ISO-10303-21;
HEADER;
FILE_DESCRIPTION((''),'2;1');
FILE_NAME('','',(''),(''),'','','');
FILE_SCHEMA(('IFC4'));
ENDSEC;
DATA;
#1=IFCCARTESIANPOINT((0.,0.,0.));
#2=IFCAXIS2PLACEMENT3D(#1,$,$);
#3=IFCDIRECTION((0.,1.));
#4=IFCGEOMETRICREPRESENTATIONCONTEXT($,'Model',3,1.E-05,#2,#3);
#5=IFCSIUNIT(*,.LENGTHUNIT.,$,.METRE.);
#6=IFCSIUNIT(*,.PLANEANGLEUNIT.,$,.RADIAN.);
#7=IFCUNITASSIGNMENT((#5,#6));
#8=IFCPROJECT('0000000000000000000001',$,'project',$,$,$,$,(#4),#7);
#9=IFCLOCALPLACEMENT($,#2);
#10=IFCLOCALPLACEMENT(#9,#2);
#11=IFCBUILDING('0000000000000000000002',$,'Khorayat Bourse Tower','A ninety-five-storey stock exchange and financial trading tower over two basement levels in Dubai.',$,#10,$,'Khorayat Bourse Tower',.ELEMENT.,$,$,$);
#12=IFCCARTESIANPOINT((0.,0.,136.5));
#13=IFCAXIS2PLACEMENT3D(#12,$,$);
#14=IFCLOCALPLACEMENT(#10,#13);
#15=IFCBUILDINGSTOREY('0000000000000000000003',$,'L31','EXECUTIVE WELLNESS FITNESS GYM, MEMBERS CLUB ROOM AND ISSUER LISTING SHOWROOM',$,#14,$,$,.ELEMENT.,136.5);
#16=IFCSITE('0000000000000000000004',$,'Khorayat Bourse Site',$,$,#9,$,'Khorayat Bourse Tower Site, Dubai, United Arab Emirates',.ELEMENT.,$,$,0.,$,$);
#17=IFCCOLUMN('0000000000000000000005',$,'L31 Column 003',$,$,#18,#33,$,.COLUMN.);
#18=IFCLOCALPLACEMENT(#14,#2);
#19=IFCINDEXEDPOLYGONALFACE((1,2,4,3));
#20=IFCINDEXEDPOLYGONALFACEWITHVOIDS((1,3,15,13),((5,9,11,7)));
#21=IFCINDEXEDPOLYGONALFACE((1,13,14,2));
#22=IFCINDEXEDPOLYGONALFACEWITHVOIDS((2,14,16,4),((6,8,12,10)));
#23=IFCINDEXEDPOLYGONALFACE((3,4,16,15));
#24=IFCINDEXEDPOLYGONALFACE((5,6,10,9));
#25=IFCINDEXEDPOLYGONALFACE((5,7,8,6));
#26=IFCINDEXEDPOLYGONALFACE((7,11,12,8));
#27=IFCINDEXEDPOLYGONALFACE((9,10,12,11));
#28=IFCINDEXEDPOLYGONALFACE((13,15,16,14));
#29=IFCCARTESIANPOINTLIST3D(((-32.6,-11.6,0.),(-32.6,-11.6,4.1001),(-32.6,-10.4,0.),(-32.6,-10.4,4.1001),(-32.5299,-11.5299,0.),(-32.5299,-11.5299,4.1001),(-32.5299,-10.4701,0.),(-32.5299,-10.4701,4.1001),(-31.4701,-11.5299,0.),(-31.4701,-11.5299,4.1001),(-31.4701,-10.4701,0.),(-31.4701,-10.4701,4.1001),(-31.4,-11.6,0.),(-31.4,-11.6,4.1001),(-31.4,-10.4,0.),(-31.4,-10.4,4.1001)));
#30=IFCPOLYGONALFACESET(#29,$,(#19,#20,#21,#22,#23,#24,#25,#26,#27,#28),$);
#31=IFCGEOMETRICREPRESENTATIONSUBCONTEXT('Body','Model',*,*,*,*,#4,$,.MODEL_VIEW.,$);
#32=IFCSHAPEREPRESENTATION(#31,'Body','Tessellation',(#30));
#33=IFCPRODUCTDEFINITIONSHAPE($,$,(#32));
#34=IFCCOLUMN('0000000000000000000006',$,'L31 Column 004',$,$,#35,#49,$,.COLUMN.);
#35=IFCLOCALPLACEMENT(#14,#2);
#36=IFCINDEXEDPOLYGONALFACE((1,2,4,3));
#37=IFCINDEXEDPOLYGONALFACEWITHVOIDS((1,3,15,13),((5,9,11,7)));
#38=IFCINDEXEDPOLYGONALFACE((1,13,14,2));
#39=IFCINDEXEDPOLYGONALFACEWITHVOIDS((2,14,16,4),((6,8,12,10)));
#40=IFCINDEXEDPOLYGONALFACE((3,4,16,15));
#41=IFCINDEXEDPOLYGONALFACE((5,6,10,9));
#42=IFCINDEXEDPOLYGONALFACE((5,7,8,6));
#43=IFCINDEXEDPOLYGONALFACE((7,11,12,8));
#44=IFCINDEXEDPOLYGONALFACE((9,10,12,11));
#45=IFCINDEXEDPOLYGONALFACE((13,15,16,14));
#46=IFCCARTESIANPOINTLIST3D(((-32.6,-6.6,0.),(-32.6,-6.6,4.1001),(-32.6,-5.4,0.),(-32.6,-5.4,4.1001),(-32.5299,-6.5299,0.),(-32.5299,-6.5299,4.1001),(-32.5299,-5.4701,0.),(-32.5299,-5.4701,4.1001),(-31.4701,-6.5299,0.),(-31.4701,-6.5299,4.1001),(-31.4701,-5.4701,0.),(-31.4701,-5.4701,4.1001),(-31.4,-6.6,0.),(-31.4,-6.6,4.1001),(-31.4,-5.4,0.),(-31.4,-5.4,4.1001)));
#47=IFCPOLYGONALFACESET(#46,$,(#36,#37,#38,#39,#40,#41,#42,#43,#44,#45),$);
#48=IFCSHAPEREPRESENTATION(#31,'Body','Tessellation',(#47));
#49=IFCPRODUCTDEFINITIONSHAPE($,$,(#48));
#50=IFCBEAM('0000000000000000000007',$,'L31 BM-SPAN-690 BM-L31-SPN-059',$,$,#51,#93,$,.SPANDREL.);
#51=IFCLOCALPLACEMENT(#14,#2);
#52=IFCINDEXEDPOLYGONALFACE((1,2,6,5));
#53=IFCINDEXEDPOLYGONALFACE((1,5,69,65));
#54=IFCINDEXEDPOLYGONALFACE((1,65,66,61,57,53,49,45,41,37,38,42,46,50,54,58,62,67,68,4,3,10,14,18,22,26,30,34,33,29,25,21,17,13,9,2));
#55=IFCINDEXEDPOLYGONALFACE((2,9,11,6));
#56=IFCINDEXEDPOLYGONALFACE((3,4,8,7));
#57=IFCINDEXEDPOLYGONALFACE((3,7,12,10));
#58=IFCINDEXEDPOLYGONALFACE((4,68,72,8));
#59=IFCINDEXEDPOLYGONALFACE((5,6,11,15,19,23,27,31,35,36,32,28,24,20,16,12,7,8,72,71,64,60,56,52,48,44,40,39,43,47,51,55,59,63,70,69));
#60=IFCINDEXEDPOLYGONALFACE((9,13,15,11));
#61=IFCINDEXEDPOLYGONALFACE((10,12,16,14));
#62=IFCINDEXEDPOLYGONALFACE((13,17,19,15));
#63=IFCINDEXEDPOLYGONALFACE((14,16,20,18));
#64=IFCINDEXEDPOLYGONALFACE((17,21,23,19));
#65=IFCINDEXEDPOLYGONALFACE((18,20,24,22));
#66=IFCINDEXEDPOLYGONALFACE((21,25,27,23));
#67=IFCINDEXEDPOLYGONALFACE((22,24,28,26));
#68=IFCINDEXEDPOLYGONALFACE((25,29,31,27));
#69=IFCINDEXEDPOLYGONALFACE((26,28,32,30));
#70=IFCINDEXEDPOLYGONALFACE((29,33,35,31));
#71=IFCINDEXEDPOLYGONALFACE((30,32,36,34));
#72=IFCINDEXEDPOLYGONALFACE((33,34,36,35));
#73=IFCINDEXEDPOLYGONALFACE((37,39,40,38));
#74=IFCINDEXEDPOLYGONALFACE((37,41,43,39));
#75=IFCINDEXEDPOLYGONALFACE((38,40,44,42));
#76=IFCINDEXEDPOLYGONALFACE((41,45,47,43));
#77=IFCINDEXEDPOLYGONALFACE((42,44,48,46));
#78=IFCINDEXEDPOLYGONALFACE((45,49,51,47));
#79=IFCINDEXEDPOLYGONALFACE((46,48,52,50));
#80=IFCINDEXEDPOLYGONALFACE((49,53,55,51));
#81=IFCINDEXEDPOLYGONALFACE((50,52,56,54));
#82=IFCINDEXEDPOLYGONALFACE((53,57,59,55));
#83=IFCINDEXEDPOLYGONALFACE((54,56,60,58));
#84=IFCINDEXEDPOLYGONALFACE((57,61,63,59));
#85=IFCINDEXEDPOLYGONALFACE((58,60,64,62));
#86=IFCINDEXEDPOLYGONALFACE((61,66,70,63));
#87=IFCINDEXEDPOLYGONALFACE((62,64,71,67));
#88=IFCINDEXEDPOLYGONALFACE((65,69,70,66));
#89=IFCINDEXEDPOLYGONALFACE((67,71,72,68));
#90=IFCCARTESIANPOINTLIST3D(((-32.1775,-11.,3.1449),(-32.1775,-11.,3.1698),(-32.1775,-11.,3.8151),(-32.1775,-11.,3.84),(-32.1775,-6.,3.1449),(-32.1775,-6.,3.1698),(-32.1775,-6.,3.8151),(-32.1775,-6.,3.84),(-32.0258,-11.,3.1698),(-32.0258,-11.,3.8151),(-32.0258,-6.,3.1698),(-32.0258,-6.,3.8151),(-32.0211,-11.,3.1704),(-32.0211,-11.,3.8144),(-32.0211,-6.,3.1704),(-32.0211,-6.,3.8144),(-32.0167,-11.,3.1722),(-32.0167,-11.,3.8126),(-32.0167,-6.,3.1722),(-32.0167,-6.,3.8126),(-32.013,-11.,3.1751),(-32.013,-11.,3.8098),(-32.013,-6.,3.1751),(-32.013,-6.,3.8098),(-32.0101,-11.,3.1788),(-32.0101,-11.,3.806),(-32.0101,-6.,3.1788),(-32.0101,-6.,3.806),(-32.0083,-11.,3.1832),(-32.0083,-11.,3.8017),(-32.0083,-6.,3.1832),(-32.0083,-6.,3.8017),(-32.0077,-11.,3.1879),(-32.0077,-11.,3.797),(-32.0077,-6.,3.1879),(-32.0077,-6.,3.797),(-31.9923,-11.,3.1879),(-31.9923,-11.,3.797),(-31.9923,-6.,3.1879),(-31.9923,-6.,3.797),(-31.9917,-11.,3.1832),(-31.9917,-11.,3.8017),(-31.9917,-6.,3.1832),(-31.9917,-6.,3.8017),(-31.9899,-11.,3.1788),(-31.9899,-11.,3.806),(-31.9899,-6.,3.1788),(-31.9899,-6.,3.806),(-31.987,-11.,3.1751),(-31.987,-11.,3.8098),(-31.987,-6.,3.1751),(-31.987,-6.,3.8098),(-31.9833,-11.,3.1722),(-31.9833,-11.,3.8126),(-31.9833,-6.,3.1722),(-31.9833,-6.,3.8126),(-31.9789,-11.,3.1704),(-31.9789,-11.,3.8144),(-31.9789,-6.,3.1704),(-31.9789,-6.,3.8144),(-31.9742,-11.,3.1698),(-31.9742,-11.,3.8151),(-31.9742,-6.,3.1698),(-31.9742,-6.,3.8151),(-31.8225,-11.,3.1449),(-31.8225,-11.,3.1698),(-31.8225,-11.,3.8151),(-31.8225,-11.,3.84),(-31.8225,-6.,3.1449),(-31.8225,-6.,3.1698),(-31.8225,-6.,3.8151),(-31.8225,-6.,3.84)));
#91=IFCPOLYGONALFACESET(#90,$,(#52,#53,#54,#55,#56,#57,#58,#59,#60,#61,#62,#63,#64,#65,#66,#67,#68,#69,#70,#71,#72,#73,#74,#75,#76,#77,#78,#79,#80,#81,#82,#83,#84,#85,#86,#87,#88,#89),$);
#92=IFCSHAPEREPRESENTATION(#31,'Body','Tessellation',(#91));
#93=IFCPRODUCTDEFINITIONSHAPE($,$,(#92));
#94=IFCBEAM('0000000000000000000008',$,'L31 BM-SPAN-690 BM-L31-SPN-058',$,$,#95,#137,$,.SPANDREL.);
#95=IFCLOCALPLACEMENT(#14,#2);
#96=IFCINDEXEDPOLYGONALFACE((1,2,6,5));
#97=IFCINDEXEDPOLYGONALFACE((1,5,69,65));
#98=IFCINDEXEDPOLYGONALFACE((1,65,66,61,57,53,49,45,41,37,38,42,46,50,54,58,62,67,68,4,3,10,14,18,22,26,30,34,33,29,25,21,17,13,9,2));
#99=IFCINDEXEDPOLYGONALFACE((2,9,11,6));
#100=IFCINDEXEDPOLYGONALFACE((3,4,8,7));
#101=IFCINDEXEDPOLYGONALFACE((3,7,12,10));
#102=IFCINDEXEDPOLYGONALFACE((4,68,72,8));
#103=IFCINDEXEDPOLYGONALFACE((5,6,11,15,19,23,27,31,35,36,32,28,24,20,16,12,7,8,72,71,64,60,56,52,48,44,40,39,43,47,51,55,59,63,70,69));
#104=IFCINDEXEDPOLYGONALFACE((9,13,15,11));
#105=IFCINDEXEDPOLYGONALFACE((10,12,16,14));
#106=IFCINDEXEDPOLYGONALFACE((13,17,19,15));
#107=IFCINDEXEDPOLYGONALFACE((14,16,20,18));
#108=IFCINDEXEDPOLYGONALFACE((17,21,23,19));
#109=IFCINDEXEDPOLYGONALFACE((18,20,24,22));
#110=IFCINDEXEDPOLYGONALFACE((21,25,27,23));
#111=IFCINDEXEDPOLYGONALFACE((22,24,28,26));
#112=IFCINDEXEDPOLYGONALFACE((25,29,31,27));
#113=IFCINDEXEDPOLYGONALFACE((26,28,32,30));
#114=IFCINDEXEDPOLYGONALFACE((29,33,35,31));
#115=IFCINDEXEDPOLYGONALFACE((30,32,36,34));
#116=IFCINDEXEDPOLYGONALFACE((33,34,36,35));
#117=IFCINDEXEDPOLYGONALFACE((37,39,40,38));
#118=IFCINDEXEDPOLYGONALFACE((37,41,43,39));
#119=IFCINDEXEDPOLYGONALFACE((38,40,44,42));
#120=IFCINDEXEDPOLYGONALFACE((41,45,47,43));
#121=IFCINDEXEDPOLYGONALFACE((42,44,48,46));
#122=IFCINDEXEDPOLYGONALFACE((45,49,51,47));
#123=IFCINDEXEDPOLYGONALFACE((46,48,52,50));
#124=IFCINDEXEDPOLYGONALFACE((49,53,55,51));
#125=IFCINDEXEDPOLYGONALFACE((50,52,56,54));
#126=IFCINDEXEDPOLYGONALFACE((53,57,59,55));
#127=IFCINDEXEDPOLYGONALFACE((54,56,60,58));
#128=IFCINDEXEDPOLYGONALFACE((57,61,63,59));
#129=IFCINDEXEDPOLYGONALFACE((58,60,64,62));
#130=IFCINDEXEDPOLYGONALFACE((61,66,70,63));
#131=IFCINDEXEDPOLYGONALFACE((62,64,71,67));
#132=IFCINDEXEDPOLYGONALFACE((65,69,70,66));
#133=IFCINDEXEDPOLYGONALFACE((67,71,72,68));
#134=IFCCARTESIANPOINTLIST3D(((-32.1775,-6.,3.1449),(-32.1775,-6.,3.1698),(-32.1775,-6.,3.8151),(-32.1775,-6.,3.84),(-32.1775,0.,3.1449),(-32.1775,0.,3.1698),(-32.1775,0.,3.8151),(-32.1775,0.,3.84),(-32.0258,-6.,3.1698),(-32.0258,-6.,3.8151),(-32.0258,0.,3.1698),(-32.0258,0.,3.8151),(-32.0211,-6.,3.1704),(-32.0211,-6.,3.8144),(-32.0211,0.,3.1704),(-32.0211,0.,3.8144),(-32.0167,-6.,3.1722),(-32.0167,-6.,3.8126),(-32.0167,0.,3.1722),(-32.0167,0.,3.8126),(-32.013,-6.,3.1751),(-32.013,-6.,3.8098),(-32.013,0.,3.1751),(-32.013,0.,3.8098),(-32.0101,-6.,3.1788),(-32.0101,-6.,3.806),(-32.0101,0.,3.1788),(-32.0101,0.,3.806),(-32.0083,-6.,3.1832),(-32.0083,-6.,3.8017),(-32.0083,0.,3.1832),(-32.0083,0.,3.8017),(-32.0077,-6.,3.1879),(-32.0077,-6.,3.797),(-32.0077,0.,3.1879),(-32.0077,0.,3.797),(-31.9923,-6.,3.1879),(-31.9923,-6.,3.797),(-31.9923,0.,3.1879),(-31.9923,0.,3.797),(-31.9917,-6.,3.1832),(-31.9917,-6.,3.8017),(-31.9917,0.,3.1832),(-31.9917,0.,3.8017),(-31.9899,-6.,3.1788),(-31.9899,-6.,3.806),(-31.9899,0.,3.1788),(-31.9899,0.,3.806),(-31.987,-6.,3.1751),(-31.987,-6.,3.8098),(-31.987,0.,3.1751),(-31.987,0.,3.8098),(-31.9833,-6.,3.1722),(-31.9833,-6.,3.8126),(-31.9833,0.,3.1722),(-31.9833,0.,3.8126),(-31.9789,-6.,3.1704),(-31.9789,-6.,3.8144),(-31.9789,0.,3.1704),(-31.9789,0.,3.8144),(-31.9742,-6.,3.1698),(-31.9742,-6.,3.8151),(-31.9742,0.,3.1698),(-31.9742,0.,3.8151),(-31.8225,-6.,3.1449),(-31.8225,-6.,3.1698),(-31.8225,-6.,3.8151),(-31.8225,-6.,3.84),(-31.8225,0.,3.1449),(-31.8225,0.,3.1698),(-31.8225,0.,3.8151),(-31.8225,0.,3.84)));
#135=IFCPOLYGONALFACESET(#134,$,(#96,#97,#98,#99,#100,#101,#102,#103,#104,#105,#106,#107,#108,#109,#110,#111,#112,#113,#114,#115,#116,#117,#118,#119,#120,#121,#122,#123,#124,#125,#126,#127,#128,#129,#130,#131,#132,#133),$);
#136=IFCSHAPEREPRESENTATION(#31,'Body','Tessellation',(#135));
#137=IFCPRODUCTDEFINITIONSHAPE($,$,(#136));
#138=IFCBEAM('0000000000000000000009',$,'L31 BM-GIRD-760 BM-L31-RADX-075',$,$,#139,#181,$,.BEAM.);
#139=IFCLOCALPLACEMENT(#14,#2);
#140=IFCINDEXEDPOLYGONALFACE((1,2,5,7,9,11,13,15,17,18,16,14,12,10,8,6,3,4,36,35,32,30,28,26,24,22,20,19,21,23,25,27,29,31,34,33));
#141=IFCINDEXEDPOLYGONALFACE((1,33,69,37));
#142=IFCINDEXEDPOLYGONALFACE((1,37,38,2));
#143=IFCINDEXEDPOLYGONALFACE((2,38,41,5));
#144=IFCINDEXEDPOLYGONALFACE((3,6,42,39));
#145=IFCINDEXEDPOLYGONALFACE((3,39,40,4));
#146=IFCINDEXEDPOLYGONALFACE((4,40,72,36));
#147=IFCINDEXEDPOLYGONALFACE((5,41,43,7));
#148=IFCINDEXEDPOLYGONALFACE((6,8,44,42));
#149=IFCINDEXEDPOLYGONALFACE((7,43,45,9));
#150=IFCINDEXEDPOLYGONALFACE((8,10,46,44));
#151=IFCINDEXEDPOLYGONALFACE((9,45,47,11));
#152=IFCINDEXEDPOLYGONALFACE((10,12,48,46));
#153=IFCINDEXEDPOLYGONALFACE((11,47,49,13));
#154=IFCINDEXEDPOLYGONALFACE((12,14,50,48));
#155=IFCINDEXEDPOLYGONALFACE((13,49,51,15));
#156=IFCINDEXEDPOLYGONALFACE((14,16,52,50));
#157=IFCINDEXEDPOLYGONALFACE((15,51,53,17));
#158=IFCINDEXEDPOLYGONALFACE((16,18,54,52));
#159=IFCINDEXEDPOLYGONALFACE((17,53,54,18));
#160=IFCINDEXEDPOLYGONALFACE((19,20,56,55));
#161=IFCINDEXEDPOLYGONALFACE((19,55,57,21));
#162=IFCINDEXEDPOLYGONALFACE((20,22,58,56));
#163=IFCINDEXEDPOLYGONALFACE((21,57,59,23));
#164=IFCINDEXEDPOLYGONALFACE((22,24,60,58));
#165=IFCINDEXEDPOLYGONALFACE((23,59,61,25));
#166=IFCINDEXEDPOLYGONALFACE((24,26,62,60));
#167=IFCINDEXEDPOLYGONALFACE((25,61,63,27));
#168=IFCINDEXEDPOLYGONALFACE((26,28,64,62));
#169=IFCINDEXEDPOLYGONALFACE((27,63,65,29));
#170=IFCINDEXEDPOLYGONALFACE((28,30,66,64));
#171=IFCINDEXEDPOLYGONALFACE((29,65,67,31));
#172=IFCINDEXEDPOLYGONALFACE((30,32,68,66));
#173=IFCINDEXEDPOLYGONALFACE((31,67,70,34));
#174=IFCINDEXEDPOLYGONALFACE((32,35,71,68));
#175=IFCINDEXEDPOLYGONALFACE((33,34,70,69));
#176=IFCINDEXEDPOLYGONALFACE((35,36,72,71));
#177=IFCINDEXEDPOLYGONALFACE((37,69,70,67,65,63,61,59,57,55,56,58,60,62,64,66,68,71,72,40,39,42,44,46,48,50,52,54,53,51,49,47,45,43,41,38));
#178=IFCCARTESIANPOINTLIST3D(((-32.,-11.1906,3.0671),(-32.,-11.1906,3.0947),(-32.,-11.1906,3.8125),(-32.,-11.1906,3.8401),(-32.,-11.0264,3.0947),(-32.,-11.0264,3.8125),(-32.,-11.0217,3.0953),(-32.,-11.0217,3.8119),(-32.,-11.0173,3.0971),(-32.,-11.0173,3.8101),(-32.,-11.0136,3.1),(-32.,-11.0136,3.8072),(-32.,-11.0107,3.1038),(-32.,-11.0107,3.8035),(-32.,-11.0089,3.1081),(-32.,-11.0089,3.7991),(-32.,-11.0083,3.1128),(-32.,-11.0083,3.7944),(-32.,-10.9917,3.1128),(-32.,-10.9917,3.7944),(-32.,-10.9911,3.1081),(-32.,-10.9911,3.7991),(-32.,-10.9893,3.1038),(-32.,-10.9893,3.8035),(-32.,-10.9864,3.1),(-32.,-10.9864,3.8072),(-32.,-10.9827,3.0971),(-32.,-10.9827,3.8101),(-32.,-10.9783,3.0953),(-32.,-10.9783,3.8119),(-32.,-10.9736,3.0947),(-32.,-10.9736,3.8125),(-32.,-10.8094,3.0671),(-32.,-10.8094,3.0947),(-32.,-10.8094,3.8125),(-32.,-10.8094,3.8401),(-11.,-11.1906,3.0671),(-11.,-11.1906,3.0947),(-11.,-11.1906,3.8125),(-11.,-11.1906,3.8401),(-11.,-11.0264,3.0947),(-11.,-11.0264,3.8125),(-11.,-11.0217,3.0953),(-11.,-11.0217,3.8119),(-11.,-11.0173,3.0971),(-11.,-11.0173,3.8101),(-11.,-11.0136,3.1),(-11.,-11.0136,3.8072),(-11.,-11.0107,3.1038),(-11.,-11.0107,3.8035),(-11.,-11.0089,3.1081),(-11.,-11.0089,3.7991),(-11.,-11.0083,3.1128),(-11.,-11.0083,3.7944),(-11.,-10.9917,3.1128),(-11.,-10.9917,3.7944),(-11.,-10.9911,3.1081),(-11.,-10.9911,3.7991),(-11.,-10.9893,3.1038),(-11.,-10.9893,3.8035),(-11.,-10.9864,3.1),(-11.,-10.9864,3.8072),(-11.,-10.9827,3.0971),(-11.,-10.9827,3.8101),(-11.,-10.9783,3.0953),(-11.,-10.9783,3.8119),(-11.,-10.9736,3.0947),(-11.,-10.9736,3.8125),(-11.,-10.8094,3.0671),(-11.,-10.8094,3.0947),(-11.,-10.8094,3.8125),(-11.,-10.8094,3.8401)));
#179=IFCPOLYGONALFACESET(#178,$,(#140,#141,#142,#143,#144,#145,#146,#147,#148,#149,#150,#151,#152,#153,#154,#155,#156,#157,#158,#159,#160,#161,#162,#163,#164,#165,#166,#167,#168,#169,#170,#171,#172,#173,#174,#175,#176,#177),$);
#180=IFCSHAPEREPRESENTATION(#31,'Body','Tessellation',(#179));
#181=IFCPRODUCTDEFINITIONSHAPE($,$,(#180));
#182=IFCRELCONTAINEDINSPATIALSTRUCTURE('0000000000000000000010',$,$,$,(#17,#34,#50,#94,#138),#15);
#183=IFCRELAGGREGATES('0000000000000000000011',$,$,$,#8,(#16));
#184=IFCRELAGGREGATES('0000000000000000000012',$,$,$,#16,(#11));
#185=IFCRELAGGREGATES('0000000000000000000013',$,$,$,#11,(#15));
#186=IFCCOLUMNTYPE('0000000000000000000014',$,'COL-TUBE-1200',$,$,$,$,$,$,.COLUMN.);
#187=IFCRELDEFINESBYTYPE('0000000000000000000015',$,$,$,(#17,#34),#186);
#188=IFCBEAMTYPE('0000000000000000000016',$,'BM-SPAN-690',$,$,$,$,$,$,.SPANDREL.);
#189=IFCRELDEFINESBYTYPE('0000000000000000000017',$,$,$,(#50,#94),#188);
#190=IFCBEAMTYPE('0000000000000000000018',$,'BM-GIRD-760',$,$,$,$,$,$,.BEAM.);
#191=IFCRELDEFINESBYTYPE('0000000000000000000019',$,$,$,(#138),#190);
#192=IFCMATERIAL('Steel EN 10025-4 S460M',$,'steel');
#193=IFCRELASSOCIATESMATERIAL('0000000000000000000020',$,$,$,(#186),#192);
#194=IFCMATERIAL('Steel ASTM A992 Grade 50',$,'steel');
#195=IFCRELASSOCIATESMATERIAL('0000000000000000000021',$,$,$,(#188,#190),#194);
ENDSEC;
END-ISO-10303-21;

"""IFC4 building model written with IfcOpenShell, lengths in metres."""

from ifc_helpers import new_model, si_unit, direction, frame, origin, origin_2d, place, context, subcontext, project, spatial, hollow_rectangle, i_section, extrude, source, transform, mapped, material, material_profile, profile_set, type_object, element, save


model = new_model("IFC4")

# Units and contexts
model_context = context("Model", 3, precision=1e-05, world=origin(), true_north=direction((0.0, 1.0)))
body_context = subcontext(model_context, "Body", "Model", "MODEL_VIEW")
ifc_project = project(units=[si_unit("LENGTHUNIT", "METRE"), si_unit("PLANEANGLEUNIT", "RADIAN")], contexts=[model_context])

# Site, building, storey
site_placement = place(None, origin())
site = spatial("IfcSite", under=ifc_project, at=site_placement, Name="Khorayat Bourse Site", LongName="Khorayat Bourse Tower Site, Dubai, United Arab Emirates", CompositionType="ELEMENT", RefElevation=0.0)
building_placement = place(site_placement, origin())
building = spatial("IfcBuilding", under=site, at=building_placement, Name="Khorayat Bourse Tower", Description="A ninety-five-storey stock exchange and financial trading tower over two basement levels in Dubai.", LongName="Khorayat Bourse Tower", CompositionType="ELEMENT")
storey_placement = place(building_placement, frame((0.0, 0.0, 136.5)))
storey = spatial("IfcBuildingStorey", under=building, at=storey_placement, Name="L31", Description="EXECUTIVE WELLNESS FITNESS GYM, MEMBERS CLUB ROOM AND ISSUER LISTING SHOWROOM", CompositionType="ELEMENT", Elevation=136.5)

# Columns
ifc_material_1 = material(Name="Steel EN 10025-4 S460M", Category="steel")
ifc_material_profile_1 = material_profile(ifc_material_1, hollow_rectangle(XDim=1.2, YDim=1.2, WallThickness=0.0701, at=origin_2d()), Name="BOX 1200x1200x70")
ifc_profile_set_1 = profile_set([ifc_material_profile_1], Name="Steel EN 10025-4 S460M")
column_type = type_object("IfcColumnType", Name="COL-TUBE-1200", PredefinedType="COLUMN", material=ifc_profile_set_1)
shared_shape_1 = source(origin(), body_context, "Body", "SweptSolid", [
    extrude(hollow_rectangle(XDim=1.2, YDim=1.2, WallThickness=0.0701, at=origin_2d()), origin(), (0.0, 0.0, 1.0), 4.1001),
])
for number, where, z_axis, x_axis, name in (
    (1, (-32.0, -11.0, 0.0), (0.0, 0.0, 1.0), (1.0, 0.0, 0.0), "L31 Column 003"),
    (2, (-32.0, -6.0, 0.0), (0.0, 0.0, 1.0), (1.0, 0.0, 0.0), "L31 Column 004"),
):
    element("IfcColumn", number, at=place(storey_placement, frame(where, z_axis=z_axis, x_axis=x_axis)), inside=storey, type_object=column_type, Name=name, PredefinedType="COLUMN", context=body_context, shape_type="MappedRepresentation", body=[
        mapped(shared_shape_1, transform((0.0, 0.0, 0.0), scale=1.0)),
    ])

# Beams
ifc_material_2 = material(Name="Steel ASTM A992 Grade 50", Category="steel")
ifc_material_profile_2 = material_profile(ifc_material_2, i_section(OverallWidth=0.355, OverallDepth=0.6951, WebThickness=0.0154, FlangeThickness=0.0249, FilletRadius=0.0181, at=origin_2d()), Name="W690X217")
ifc_profile_set_2 = profile_set([ifc_material_profile_2], Name="Steel ASTM A992 Grade 50")
beam_type_1 = type_object("IfcBeamType", Name="BM-SPAN-690", PredefinedType="SPANDREL", material=ifc_profile_set_2)
shared_shape_2 = source(origin(), body_context, "Body", "SweptSolid", [
    extrude(i_section(OverallWidth=0.355, OverallDepth=0.6951, WebThickness=0.0154, FlangeThickness=0.0249, FilletRadius=0.0181, at=origin_2d()), origin(), (0.0, 0.0, 1.0), 5.0),
])
beam_1_placement = place(storey_placement, frame((-32.0, -11.0, 3.4924), z_axis=(0.0, 1.0, 0.0), x_axis=(-1.0, 0.0, 0.0)))
element("IfcBeam", 3, at=beam_1_placement, inside=storey, type_object=beam_type_1, Name="L31 BM-SPAN-690 BM-L31-SPN-059", PredefinedType="SPANDREL", context=body_context, shape_type="MappedRepresentation", body=[
    mapped(shared_shape_2, transform((0.0, 0.0, 0.0), scale=1.0)),
])
shared_shape_3 = source(origin(), body_context, "Body", "SweptSolid", [
    extrude(i_section(OverallWidth=0.355, OverallDepth=0.6951, WebThickness=0.0154, FlangeThickness=0.0249, FilletRadius=0.0181, at=origin_2d()), origin(), (0.0, 0.0, 1.0), 6.0),
])
beam_2_placement = place(storey_placement, frame((-32.0, -6.0, 3.4924), z_axis=(0.0, 1.0, 0.0), x_axis=(-1.0, 0.0, 0.0)))
element("IfcBeam", 4, at=beam_2_placement, inside=storey, type_object=beam_type_1, Name="L31 BM-SPAN-690 BM-L31-SPN-058", PredefinedType="SPANDREL", context=body_context, shape_type="MappedRepresentation", body=[
    mapped(shared_shape_3, transform((0.0, 0.0, 0.0), scale=1.0)),
])
ifc_material_profile_3 = material_profile(ifc_material_2, i_section(OverallWidth=0.3811, OverallDepth=0.7729, WebThickness=0.0166, FlangeThickness=0.0276, FilletRadius=0.0181, at=origin_2d()), Name="W760X257")
ifc_profile_set_3 = profile_set([ifc_material_profile_3], Name="Steel ASTM A992 Grade 50")
beam_type_2 = type_object("IfcBeamType", Name="BM-GIRD-760", PredefinedType="BEAM", material=ifc_profile_set_3)
shared_shape_4 = source(origin(), body_context, "Body", "SweptSolid", [
    extrude(i_section(OverallWidth=0.3811, OverallDepth=0.7729, WebThickness=0.0166, FlangeThickness=0.0276, FilletRadius=0.0181, at=origin_2d()), origin(), (0.0, 0.0, 1.0), 21.0),
])
for number, where, z_axis, x_axis, name in (
    (5, (-32.0, -11.0, 3.4536), (1.0, 0.0, 0.0), (0.0, 1.0, 0.0), "L31 BM-GIRD-760 BM-L31-RADX-075"),
):
    element("IfcBeam", number, at=place(storey_placement, frame(where, z_axis=z_axis, x_axis=x_axis)), inside=storey, type_object=beam_type_2, Name=name, PredefinedType="BEAM", context=body_context, shape_type="MappedRepresentation", body=[
        mapped(shared_shape_4, transform((0.0, 0.0, 0.0), scale=1.0)),
    ])

save(model, "model.ifc")
